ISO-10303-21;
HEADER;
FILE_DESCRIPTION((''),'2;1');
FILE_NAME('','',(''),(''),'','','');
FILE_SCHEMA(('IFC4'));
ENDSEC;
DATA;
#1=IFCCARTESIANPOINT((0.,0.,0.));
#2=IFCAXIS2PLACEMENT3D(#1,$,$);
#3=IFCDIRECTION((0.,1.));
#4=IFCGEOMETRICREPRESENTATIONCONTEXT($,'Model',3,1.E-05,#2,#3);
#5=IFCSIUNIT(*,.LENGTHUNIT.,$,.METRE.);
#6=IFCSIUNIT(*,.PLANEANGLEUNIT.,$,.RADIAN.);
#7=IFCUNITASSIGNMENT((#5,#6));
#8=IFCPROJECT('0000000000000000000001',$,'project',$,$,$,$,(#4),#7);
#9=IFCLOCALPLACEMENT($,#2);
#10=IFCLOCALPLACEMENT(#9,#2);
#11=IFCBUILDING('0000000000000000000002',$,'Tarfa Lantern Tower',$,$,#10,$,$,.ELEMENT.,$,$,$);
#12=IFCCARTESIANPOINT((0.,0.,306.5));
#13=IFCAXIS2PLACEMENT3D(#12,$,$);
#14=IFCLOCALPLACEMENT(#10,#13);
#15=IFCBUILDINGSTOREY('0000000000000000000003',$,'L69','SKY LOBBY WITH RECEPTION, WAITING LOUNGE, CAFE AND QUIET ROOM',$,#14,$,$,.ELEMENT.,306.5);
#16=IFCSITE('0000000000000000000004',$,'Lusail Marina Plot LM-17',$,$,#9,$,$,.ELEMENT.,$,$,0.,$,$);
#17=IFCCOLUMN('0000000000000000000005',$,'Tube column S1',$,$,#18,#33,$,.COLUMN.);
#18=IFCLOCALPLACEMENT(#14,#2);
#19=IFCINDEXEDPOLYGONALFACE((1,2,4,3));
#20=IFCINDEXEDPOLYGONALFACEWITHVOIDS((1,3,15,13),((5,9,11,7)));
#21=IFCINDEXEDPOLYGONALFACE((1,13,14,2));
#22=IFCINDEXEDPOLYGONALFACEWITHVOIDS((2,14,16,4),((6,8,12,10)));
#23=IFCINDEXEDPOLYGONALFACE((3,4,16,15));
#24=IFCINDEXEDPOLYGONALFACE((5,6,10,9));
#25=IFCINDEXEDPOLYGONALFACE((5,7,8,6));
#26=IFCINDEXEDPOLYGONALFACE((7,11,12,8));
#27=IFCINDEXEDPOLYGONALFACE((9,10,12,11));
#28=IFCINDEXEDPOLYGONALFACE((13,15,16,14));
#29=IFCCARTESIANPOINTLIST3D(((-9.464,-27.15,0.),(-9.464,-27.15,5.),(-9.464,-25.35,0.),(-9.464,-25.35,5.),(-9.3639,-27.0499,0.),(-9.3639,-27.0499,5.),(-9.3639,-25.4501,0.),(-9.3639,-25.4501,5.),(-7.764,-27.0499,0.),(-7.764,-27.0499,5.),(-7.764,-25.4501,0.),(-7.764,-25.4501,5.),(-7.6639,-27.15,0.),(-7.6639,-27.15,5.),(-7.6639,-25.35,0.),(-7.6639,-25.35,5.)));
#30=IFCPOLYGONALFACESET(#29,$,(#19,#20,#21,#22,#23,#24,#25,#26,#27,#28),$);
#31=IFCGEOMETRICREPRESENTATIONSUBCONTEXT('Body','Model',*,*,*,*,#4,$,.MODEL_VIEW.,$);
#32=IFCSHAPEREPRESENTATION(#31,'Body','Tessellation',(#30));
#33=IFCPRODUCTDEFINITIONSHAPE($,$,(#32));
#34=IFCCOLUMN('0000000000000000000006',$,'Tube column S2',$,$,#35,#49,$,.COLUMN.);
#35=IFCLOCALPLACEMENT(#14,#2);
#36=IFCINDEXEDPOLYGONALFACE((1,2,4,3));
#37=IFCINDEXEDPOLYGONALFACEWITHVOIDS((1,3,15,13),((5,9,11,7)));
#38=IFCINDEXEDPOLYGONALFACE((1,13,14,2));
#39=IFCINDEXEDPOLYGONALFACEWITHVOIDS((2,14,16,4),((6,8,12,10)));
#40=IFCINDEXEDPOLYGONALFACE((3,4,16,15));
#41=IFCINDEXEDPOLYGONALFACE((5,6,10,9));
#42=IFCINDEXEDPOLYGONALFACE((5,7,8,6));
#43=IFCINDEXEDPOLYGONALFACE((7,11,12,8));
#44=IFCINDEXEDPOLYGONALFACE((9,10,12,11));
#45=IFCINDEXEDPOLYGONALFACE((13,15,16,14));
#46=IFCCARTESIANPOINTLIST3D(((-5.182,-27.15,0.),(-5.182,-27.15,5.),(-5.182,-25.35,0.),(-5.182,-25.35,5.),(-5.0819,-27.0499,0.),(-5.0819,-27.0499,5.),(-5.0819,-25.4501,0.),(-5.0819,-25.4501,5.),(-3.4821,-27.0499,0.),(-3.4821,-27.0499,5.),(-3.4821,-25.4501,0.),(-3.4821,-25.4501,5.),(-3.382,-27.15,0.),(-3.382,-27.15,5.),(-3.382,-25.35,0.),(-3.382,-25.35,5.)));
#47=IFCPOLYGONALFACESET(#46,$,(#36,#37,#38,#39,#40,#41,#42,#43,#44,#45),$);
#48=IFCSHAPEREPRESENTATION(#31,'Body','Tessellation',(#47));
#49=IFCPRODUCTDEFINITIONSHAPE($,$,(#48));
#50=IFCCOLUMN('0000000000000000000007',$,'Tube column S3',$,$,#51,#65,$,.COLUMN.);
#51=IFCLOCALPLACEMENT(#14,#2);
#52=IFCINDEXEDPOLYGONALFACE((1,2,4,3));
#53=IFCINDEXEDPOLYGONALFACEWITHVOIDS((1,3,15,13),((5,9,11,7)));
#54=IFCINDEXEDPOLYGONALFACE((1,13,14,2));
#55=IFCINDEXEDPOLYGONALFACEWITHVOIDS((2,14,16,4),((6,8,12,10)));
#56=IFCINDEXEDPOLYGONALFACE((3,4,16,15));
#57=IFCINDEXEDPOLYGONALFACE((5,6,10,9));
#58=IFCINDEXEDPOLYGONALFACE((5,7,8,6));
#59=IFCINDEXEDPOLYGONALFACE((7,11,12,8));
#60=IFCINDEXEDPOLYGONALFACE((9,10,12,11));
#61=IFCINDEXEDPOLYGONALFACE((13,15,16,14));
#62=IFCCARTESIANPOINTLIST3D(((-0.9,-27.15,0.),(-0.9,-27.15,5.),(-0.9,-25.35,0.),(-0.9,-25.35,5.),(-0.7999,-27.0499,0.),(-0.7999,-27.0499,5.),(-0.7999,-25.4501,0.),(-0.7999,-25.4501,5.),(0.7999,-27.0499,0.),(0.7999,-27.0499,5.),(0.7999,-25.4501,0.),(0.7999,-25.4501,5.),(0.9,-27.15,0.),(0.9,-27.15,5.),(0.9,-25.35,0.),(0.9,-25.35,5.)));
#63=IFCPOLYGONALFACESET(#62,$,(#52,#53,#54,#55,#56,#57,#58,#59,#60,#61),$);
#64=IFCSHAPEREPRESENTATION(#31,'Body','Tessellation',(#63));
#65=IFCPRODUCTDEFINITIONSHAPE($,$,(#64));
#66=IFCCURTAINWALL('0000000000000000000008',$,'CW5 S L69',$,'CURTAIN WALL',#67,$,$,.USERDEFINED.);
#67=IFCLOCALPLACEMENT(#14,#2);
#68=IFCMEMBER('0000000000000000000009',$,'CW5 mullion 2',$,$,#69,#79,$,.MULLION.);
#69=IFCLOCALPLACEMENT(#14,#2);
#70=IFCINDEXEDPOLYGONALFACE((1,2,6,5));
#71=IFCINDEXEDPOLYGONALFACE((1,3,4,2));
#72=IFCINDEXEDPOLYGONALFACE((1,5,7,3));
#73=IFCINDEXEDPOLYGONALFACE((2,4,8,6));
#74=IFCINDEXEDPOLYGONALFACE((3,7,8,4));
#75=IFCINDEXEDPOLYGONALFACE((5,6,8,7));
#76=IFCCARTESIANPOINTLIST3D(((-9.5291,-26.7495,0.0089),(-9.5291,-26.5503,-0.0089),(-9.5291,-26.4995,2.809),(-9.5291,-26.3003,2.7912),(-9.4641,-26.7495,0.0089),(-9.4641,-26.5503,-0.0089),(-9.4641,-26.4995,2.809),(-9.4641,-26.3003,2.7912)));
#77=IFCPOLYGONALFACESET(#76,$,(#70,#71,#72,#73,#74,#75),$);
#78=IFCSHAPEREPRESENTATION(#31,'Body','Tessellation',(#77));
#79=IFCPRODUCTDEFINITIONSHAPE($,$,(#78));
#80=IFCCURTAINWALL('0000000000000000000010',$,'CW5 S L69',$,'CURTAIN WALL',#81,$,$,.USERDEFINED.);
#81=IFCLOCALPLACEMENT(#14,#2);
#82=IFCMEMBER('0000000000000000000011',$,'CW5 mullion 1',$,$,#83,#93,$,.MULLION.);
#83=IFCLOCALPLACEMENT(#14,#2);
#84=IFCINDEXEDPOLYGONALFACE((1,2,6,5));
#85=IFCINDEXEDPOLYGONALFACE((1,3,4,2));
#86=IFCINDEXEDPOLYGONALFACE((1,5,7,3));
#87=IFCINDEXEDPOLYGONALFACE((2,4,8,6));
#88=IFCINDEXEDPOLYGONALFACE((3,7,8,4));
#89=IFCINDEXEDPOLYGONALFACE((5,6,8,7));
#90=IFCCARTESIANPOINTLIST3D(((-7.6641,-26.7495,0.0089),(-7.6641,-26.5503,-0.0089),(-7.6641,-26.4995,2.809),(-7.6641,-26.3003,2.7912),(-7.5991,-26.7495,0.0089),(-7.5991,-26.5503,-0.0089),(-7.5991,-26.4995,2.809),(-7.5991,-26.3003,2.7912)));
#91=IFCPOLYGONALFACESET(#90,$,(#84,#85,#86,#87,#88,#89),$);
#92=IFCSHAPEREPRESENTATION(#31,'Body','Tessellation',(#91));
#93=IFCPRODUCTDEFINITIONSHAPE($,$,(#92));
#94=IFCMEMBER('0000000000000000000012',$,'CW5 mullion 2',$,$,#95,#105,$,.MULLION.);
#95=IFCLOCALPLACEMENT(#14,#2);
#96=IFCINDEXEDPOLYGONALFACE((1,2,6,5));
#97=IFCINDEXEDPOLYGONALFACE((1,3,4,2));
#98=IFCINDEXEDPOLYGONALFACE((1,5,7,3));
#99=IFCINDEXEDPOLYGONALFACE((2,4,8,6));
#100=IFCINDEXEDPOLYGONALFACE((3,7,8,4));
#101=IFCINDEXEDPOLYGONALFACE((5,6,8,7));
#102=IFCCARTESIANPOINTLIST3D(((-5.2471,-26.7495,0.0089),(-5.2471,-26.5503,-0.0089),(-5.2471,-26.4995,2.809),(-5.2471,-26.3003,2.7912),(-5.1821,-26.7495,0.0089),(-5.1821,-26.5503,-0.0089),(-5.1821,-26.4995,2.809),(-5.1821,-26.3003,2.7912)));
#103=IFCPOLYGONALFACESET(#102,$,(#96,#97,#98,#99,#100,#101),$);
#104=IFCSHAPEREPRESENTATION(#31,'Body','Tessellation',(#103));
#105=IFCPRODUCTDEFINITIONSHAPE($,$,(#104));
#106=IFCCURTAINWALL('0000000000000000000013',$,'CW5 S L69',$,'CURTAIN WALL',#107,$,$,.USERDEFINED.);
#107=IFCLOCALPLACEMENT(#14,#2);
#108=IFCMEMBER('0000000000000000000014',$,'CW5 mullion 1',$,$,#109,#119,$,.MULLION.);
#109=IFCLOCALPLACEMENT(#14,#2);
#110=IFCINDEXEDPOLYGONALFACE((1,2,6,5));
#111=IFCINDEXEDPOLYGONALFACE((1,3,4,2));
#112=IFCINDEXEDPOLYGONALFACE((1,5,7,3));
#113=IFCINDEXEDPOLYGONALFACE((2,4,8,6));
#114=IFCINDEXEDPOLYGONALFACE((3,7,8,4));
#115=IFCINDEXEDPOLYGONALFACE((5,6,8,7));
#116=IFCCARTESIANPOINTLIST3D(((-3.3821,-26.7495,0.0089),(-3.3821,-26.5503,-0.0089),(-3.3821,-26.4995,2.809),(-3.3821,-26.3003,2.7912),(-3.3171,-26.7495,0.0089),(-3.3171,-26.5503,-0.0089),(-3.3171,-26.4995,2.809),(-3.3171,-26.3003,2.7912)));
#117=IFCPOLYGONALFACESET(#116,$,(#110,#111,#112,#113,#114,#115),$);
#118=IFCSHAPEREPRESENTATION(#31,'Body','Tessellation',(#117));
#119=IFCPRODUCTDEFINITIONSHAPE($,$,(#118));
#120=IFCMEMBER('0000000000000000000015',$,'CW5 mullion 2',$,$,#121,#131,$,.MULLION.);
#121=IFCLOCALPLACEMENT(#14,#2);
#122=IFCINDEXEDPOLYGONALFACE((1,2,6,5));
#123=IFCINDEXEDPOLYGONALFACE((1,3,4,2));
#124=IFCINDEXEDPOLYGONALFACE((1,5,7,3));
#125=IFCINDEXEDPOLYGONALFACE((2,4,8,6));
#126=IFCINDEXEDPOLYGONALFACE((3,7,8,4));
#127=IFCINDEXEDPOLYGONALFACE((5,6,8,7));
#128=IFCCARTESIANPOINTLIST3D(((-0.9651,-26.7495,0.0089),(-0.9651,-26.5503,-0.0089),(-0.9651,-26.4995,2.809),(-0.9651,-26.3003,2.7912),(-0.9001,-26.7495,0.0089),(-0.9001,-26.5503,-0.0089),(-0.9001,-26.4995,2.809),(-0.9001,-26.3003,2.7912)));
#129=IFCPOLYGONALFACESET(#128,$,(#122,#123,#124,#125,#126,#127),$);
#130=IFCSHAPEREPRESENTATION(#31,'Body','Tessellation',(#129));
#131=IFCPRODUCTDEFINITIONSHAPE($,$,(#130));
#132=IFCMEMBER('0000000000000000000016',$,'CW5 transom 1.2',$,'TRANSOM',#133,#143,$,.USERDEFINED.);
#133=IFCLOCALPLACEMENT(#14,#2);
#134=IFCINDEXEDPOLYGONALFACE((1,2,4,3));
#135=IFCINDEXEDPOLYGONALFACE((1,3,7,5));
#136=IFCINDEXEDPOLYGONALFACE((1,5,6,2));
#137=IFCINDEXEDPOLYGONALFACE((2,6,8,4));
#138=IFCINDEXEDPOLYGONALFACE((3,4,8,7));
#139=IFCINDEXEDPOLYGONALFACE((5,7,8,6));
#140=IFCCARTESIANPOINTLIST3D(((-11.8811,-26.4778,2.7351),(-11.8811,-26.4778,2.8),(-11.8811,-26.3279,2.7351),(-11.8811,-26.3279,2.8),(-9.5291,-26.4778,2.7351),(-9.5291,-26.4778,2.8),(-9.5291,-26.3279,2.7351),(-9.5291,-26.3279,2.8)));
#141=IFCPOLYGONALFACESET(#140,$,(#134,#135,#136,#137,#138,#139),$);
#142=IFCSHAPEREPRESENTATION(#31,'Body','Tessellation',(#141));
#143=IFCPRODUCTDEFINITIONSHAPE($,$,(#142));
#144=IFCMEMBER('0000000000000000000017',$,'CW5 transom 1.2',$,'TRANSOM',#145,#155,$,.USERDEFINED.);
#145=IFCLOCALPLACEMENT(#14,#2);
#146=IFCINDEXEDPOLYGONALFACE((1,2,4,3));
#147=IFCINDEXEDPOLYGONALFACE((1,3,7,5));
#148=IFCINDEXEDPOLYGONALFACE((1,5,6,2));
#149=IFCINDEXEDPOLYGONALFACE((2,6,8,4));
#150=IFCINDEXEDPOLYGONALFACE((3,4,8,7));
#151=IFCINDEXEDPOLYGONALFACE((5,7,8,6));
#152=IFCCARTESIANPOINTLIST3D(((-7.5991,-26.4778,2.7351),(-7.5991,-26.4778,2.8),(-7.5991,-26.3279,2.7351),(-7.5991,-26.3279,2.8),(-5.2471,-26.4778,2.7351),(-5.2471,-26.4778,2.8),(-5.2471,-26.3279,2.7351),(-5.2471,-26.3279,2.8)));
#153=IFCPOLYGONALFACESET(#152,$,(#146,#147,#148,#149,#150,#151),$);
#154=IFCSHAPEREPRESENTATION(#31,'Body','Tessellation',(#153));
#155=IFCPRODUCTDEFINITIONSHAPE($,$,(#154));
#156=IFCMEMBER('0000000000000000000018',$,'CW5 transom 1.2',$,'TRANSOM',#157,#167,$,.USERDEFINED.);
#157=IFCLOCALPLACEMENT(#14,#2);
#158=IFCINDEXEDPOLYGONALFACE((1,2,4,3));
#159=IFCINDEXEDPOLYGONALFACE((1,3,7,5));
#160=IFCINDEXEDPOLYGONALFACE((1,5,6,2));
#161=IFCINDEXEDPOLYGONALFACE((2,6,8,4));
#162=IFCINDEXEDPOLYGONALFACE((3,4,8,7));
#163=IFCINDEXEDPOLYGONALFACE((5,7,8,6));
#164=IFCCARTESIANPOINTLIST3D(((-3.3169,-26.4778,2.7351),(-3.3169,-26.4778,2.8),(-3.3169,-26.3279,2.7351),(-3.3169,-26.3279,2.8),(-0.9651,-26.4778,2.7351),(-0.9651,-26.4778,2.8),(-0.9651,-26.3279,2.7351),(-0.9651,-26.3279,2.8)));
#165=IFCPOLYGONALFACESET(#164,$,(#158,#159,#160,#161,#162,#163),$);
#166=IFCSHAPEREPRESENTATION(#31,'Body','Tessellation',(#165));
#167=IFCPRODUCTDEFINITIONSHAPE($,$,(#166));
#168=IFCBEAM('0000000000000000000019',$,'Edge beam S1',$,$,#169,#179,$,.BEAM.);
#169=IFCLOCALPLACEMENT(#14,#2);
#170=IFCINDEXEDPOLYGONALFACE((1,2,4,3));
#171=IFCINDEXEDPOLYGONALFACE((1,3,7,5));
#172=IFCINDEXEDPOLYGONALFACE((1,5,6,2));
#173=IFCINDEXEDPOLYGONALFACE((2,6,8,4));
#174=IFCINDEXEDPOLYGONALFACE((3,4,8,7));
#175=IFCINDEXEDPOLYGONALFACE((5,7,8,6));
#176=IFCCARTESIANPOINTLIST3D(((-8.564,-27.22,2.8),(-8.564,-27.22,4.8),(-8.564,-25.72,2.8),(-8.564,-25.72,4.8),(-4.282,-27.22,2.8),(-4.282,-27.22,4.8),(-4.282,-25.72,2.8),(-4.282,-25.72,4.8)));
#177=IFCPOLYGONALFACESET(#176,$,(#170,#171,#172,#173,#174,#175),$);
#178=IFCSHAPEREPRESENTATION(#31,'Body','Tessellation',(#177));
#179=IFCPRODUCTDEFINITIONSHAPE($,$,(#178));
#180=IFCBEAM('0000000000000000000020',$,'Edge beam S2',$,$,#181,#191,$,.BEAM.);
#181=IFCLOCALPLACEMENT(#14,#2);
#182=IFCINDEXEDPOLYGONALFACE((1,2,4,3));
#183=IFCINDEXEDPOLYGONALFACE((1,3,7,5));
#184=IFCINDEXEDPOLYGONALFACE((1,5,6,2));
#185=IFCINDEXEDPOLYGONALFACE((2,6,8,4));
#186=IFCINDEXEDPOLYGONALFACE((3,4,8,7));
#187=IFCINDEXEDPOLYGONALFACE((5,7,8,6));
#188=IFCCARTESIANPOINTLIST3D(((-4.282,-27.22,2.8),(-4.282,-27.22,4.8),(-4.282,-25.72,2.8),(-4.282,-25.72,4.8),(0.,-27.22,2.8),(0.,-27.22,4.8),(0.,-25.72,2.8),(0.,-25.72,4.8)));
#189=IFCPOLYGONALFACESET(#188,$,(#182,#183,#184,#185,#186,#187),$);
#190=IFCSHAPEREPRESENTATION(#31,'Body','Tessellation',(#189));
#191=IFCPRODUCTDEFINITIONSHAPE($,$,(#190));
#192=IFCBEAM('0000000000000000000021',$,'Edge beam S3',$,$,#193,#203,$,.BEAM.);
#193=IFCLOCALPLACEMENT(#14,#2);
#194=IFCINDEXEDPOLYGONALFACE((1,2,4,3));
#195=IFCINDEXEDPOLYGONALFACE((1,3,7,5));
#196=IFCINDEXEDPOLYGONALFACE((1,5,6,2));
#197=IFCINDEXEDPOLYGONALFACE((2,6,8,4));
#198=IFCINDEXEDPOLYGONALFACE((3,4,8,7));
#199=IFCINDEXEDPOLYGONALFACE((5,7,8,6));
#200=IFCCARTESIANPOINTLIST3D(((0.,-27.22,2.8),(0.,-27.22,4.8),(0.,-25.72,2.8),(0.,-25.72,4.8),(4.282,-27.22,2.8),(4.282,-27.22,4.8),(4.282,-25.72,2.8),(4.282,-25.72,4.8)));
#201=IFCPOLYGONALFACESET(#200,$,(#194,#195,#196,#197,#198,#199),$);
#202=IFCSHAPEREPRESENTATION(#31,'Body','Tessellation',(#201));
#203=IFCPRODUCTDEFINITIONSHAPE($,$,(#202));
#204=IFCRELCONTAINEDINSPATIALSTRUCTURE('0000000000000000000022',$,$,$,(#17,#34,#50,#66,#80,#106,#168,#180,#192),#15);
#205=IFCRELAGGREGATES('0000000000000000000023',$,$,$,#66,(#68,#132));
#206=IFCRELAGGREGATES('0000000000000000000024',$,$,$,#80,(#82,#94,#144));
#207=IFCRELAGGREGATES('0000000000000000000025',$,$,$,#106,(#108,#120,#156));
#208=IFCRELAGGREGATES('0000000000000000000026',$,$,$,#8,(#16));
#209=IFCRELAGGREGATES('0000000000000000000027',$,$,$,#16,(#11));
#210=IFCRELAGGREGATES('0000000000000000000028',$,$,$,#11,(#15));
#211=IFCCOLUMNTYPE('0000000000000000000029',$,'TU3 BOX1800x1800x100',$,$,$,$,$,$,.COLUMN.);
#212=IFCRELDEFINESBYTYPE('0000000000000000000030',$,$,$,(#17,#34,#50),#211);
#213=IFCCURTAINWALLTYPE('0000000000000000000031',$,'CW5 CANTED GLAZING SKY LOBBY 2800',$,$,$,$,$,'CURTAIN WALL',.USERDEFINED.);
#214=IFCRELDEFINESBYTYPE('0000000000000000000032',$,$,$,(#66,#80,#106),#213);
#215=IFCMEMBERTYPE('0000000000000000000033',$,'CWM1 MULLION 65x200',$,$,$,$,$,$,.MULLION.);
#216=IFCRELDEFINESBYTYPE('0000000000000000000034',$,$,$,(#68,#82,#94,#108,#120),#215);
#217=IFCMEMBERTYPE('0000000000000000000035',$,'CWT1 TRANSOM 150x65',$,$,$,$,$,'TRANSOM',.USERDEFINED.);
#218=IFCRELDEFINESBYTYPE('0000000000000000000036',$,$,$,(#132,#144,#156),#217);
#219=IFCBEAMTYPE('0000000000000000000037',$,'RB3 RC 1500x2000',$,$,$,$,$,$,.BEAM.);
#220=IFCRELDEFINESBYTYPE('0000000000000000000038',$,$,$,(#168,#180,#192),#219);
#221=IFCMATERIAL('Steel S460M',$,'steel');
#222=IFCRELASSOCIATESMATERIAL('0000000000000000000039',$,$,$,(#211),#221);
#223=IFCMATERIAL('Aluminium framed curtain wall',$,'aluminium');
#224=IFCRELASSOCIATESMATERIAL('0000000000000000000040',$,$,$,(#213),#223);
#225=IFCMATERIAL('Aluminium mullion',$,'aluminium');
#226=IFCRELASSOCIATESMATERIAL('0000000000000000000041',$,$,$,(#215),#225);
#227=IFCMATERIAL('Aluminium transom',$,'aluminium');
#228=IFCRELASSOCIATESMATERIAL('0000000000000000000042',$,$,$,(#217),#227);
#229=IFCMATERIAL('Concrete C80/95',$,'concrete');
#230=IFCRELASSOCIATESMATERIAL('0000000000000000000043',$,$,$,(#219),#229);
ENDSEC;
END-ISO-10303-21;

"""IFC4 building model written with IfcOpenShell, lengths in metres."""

from ifc_helpers import new_model, si_unit, direction, frame, origin, origin_2d, place, context, subcontext, project, spatial, rectangle, hollow_rectangle, extrude, material, material_profile, profile_set, type_object, element, aggregate, save


model = new_model("IFC4")

# Units and contexts
model_context = context("Model", 3, precision=1e-05, world=origin(), true_north=direction((0.0, 1.0)))
body_context = subcontext(model_context, "Body", "Model", "MODEL_VIEW")
ifc_project = project(units=[si_unit("LENGTHUNIT", "METRE"), si_unit("PLANEANGLEUNIT", "RADIAN")], contexts=[model_context])

# Site, building, storey
site_placement = place(None, origin())
site = spatial("IfcSite", under=ifc_project, at=site_placement, Name="Lusail Marina Plot LM-17", CompositionType="ELEMENT", RefElevation=0.0)
building_placement = place(site_placement, origin())
building = spatial("IfcBuilding", under=site, at=building_placement, Name="Tarfa Lantern Tower", CompositionType="ELEMENT")
storey_placement = place(building_placement, frame((0.0, 0.0, 306.5)))
storey = spatial("IfcBuildingStorey", under=building, at=storey_placement, Name="L69", Description="SKY LOBBY WITH RECEPTION, WAITING LOUNGE, CAFE AND QUIET ROOM", CompositionType="ELEMENT", Elevation=306.5)

# Columns
ifc_material_1 = material(Name="Steel S460M", Category="steel")
ifc_material_profile_1 = material_profile(ifc_material_1, hollow_rectangle(XDim=1.8, YDim=1.8, WallThickness=0.1001, at=origin_2d()), Name="BOX1800x1800x100")
ifc_profile_set_1 = profile_set([ifc_material_profile_1], Name="Steel S460M")
column_type = type_object("IfcColumnType", Name="TU3 BOX1800x1800x100", PredefinedType="COLUMN", material=ifc_profile_set_1)
for number, where, z_axis, x_axis, name in (
    (1, (-8.564, -26.25, 0.0), (0.0, 0.0, 1.0), (1.0, 0.0, 0.0), "Tube column S1"),
    (2, (-4.282, -26.25, 0.0), (0.0, 0.0, 1.0), (1.0, 0.0, 0.0), "Tube column S2"),
    (3, (0.0, -26.25, 0.0), (0.0, 0.0, 1.0), (1.0, 0.0, 0.0), "Tube column S3"),
):
    element("IfcColumn", number, at=place(storey_placement, frame(where, z_axis=z_axis, x_axis=x_axis)), inside=storey, type_object=column_type, Name=name, PredefinedType="COLUMN", context=body_context, shape_type="SweptSolid", body=[
        extrude(hollow_rectangle(XDim=1.8, YDim=1.8, WallThickness=0.1001, at=origin_2d()), origin(), (0.0, 0.0, 1.0), 5.0),
    ])

# Curtain wall, member
ifc_material_2 = material(Name="Aluminium framed curtain wall", Category="aluminium")
curtain_wall_type = type_object("IfcCurtainWallType", Name="CW5 CANTED GLAZING SKY LOBBY 2800", ElementType="CURTAIN WALL", PredefinedType="USERDEFINED", material=ifc_material_2)
curtain_wall_1_placement = place(storey_placement, origin())
curtain_wall_1 = element("IfcCurtainWall", 4, at=curtain_wall_1_placement, inside=storey, type_object=curtain_wall_type, Name="CW5 S L69", ObjectType="CURTAIN WALL", PredefinedType="USERDEFINED")
ifc_material_3 = material(Name="Aluminium mullion", Category="aluminium")
ifc_material_profile_2 = material_profile(ifc_material_3, rectangle(XDim=0.0649, YDim=0.2, at=origin_2d()), Name="AL MULLION 65x200")
ifc_profile_set_2 = profile_set([ifc_material_profile_2], Name="Aluminium mullion")
member_type_1 = type_object("IfcMemberType", Name="CWM1 MULLION 65x200", PredefinedType="MULLION", material=ifc_profile_set_2)
member_1_placement = place(storey_placement, frame((-9.4966, -26.6499, 0.0), z_axis=(0.0, 0.08893, 0.996038), x_axis=(-1.0, 0.0, 0.0)))
member_1 = element("IfcMember", 5, at=member_1_placement, type_object=member_type_1, Name="CW5 mullion 2", PredefinedType="MULLION", context=body_context, shape_type="SweptSolid", body=[
    extrude(rectangle(XDim=0.0649, YDim=0.2, at=origin_2d()), origin(), (0.0, 0.0, 1.0), 2.8113),
])

# Curtain walls, members
curtain_wall_2_placement = place(storey_placement, origin())
curtain_wall_2 = element("IfcCurtainWall", 6, at=curtain_wall_2_placement, inside=storey, type_object=curtain_wall_type, Name="CW5 S L69", ObjectType="CURTAIN WALL", PredefinedType="USERDEFINED")
member_2_placement = place(storey_placement, frame((-7.6316, -26.6499, 0.0), z_axis=(0.0, 0.08893, 0.996038), x_axis=(-1.0, 0.0, 0.0)))
member_2 = element("IfcMember", 7, at=member_2_placement, type_object=member_type_1, Name="CW5 mullion 1", PredefinedType="MULLION", context=body_context, shape_type="SweptSolid", body=[
    extrude(rectangle(XDim=0.0649, YDim=0.2, at=origin_2d()), origin(), (0.0, 0.0, 1.0), 2.8113),
])
member_3_placement = place(storey_placement, frame((-5.2146, -26.6499, 0.0), z_axis=(0.0, 0.08893, 0.996038), x_axis=(-1.0, 0.0, 0.0)))
member_3 = element("IfcMember", 8, at=member_3_placement, type_object=member_type_1, Name="CW5 mullion 2", PredefinedType="MULLION", context=body_context, shape_type="SweptSolid", body=[
    extrude(rectangle(XDim=0.0649, YDim=0.2, at=origin_2d()), origin(), (0.0, 0.0, 1.0), 2.8113),
])
curtain_wall_3_placement = place(storey_placement, origin())
curtain_wall_3 = element("IfcCurtainWall", 9, at=curtain_wall_3_placement, inside=storey, type_object=curtain_wall_type, Name="CW5 S L69", ObjectType="CURTAIN WALL", PredefinedType="USERDEFINED")
member_4_placement = place(storey_placement, frame((-3.3496, -26.6499, 0.0), z_axis=(0.0, 0.08893, 0.996038), x_axis=(-1.0, 0.0, 0.0)))
member_4 = element("IfcMember", 10, at=member_4_placement, type_object=member_type_1, Name="CW5 mullion 1", PredefinedType="MULLION", context=body_context, shape_type="SweptSolid", body=[
    extrude(rectangle(XDim=0.0649, YDim=0.2, at=origin_2d()), origin(), (0.0, 0.0, 1.0), 2.8113),
])
member_5_placement = place(storey_placement, frame((-0.9326, -26.6499, 0.0), z_axis=(0.0, 0.08893, 0.996038), x_axis=(-1.0, 0.0, 0.0)))
member_5 = element("IfcMember", 11, at=member_5_placement, type_object=member_type_1, Name="CW5 mullion 2", PredefinedType="MULLION", context=body_context, shape_type="SweptSolid", body=[
    extrude(rectangle(XDim=0.0649, YDim=0.2, at=origin_2d()), origin(), (0.0, 0.0, 1.0), 2.8113),
])

# Members
ifc_material_4 = material(Name="Aluminium transom", Category="aluminium")
ifc_material_profile_3 = material_profile(ifc_material_4, rectangle(XDim=0.1499, YDim=0.0649, at=origin_2d()), Name="AL TRANSOM 150x65")
ifc_profile_set_3 = profile_set([ifc_material_profile_3], Name="Aluminium transom")
member_type_2 = type_object("IfcMemberType", Name="CWT1 TRANSOM 150x65", ElementType="TRANSOM", PredefinedType="USERDEFINED", material=ifc_profile_set_3)
member_6_placement = place(storey_placement, frame((-11.8811, -26.4028, 2.7676), z_axis=(1.0, 0.0, 0.0), x_axis=(0.0, 1.0, 0.0)))
member_6 = element("IfcMember", 12, at=member_6_placement, type_object=member_type_2, Name="CW5 transom 1.2", ObjectType="TRANSOM", PredefinedType="USERDEFINED", context=body_context, shape_type="SweptSolid", body=[
    extrude(rectangle(XDim=0.1499, YDim=0.0649, at=origin_2d()), origin(), (0.0, 0.0, 1.0), 2.3521),
])
member_7_placement = place(storey_placement, frame((-7.5991, -26.4028, 2.7676), z_axis=(1.0, 0.0, 0.0), x_axis=(0.0, 1.0, 0.0)))
member_7 = element("IfcMember", 13, at=member_7_placement, type_object=member_type_2, Name="CW5 transom 1.2", ObjectType="TRANSOM", PredefinedType="USERDEFINED", context=body_context, shape_type="SweptSolid", body=[
    extrude(rectangle(XDim=0.1499, YDim=0.0649, at=origin_2d()), origin(), (0.0, 0.0, 1.0), 2.3521),
])
member_8_placement = place(storey_placement, frame((-3.3169, -26.4028, 2.7676), z_axis=(1.0, 0.0, 0.0), x_axis=(0.0, 1.0, 0.0)))
member_8 = element("IfcMember", 14, at=member_8_placement, type_object=member_type_2, Name="CW5 transom 1.2", ObjectType="TRANSOM", PredefinedType="USERDEFINED", context=body_context, shape_type="SweptSolid", body=[
    extrude(rectangle(XDim=0.1499, YDim=0.0649, at=origin_2d()), origin(), (0.0, 0.0, 1.0), 2.3518),
])

# Beams
ifc_material_5 = material(Name="Concrete C80/95", Category="concrete")
ifc_material_profile_4 = material_profile(ifc_material_5, rectangle(XDim=1.5, YDim=2.0, at=origin_2d()), Name="RC 1500x2000")
ifc_profile_set_4 = profile_set([ifc_material_profile_4], Name="Concrete C80/95")
beam_type_1 = type_object("IfcBeamType", Name="RB3 RC 1500x2000", PredefinedType="BEAM", material=ifc_profile_set_4)
for number, where, z_axis, x_axis, name in (
    (15, (-8.564, -26.47, 3.8), (1.0, 0.0, 0.0), (0.0, 1.0, 0.0), "Edge beam S1"),
    (16, (-4.282, -26.47, 3.8), (1.0, 0.0, 0.0), (0.0, 1.0, 0.0), "Edge beam S2"),
    (17, (0.0, -26.47, 3.8), (1.0, 0.0, 0.0), (0.0, 1.0, 0.0), "Edge beam S3"),
):
    element("IfcBeam", number, at=place(storey_placement, frame(where, z_axis=z_axis, x_axis=x_axis)), inside=storey, type_object=beam_type_1, Name=name, PredefinedType="BEAM", context=body_context, shape_type="SweptSolid", body=[
        extrude(rectangle(XDim=1.5, YDim=2.0, at=origin_2d()), origin(), (0.0, 0.0, 1.0), 4.282),
    ])

aggregate(curtain_wall_1, [member_1, member_6])
aggregate(curtain_wall_2, [member_2, member_3, member_7])
aggregate(curtain_wall_3, [member_4, member_5, member_8])

save(model, "model.ifc")
